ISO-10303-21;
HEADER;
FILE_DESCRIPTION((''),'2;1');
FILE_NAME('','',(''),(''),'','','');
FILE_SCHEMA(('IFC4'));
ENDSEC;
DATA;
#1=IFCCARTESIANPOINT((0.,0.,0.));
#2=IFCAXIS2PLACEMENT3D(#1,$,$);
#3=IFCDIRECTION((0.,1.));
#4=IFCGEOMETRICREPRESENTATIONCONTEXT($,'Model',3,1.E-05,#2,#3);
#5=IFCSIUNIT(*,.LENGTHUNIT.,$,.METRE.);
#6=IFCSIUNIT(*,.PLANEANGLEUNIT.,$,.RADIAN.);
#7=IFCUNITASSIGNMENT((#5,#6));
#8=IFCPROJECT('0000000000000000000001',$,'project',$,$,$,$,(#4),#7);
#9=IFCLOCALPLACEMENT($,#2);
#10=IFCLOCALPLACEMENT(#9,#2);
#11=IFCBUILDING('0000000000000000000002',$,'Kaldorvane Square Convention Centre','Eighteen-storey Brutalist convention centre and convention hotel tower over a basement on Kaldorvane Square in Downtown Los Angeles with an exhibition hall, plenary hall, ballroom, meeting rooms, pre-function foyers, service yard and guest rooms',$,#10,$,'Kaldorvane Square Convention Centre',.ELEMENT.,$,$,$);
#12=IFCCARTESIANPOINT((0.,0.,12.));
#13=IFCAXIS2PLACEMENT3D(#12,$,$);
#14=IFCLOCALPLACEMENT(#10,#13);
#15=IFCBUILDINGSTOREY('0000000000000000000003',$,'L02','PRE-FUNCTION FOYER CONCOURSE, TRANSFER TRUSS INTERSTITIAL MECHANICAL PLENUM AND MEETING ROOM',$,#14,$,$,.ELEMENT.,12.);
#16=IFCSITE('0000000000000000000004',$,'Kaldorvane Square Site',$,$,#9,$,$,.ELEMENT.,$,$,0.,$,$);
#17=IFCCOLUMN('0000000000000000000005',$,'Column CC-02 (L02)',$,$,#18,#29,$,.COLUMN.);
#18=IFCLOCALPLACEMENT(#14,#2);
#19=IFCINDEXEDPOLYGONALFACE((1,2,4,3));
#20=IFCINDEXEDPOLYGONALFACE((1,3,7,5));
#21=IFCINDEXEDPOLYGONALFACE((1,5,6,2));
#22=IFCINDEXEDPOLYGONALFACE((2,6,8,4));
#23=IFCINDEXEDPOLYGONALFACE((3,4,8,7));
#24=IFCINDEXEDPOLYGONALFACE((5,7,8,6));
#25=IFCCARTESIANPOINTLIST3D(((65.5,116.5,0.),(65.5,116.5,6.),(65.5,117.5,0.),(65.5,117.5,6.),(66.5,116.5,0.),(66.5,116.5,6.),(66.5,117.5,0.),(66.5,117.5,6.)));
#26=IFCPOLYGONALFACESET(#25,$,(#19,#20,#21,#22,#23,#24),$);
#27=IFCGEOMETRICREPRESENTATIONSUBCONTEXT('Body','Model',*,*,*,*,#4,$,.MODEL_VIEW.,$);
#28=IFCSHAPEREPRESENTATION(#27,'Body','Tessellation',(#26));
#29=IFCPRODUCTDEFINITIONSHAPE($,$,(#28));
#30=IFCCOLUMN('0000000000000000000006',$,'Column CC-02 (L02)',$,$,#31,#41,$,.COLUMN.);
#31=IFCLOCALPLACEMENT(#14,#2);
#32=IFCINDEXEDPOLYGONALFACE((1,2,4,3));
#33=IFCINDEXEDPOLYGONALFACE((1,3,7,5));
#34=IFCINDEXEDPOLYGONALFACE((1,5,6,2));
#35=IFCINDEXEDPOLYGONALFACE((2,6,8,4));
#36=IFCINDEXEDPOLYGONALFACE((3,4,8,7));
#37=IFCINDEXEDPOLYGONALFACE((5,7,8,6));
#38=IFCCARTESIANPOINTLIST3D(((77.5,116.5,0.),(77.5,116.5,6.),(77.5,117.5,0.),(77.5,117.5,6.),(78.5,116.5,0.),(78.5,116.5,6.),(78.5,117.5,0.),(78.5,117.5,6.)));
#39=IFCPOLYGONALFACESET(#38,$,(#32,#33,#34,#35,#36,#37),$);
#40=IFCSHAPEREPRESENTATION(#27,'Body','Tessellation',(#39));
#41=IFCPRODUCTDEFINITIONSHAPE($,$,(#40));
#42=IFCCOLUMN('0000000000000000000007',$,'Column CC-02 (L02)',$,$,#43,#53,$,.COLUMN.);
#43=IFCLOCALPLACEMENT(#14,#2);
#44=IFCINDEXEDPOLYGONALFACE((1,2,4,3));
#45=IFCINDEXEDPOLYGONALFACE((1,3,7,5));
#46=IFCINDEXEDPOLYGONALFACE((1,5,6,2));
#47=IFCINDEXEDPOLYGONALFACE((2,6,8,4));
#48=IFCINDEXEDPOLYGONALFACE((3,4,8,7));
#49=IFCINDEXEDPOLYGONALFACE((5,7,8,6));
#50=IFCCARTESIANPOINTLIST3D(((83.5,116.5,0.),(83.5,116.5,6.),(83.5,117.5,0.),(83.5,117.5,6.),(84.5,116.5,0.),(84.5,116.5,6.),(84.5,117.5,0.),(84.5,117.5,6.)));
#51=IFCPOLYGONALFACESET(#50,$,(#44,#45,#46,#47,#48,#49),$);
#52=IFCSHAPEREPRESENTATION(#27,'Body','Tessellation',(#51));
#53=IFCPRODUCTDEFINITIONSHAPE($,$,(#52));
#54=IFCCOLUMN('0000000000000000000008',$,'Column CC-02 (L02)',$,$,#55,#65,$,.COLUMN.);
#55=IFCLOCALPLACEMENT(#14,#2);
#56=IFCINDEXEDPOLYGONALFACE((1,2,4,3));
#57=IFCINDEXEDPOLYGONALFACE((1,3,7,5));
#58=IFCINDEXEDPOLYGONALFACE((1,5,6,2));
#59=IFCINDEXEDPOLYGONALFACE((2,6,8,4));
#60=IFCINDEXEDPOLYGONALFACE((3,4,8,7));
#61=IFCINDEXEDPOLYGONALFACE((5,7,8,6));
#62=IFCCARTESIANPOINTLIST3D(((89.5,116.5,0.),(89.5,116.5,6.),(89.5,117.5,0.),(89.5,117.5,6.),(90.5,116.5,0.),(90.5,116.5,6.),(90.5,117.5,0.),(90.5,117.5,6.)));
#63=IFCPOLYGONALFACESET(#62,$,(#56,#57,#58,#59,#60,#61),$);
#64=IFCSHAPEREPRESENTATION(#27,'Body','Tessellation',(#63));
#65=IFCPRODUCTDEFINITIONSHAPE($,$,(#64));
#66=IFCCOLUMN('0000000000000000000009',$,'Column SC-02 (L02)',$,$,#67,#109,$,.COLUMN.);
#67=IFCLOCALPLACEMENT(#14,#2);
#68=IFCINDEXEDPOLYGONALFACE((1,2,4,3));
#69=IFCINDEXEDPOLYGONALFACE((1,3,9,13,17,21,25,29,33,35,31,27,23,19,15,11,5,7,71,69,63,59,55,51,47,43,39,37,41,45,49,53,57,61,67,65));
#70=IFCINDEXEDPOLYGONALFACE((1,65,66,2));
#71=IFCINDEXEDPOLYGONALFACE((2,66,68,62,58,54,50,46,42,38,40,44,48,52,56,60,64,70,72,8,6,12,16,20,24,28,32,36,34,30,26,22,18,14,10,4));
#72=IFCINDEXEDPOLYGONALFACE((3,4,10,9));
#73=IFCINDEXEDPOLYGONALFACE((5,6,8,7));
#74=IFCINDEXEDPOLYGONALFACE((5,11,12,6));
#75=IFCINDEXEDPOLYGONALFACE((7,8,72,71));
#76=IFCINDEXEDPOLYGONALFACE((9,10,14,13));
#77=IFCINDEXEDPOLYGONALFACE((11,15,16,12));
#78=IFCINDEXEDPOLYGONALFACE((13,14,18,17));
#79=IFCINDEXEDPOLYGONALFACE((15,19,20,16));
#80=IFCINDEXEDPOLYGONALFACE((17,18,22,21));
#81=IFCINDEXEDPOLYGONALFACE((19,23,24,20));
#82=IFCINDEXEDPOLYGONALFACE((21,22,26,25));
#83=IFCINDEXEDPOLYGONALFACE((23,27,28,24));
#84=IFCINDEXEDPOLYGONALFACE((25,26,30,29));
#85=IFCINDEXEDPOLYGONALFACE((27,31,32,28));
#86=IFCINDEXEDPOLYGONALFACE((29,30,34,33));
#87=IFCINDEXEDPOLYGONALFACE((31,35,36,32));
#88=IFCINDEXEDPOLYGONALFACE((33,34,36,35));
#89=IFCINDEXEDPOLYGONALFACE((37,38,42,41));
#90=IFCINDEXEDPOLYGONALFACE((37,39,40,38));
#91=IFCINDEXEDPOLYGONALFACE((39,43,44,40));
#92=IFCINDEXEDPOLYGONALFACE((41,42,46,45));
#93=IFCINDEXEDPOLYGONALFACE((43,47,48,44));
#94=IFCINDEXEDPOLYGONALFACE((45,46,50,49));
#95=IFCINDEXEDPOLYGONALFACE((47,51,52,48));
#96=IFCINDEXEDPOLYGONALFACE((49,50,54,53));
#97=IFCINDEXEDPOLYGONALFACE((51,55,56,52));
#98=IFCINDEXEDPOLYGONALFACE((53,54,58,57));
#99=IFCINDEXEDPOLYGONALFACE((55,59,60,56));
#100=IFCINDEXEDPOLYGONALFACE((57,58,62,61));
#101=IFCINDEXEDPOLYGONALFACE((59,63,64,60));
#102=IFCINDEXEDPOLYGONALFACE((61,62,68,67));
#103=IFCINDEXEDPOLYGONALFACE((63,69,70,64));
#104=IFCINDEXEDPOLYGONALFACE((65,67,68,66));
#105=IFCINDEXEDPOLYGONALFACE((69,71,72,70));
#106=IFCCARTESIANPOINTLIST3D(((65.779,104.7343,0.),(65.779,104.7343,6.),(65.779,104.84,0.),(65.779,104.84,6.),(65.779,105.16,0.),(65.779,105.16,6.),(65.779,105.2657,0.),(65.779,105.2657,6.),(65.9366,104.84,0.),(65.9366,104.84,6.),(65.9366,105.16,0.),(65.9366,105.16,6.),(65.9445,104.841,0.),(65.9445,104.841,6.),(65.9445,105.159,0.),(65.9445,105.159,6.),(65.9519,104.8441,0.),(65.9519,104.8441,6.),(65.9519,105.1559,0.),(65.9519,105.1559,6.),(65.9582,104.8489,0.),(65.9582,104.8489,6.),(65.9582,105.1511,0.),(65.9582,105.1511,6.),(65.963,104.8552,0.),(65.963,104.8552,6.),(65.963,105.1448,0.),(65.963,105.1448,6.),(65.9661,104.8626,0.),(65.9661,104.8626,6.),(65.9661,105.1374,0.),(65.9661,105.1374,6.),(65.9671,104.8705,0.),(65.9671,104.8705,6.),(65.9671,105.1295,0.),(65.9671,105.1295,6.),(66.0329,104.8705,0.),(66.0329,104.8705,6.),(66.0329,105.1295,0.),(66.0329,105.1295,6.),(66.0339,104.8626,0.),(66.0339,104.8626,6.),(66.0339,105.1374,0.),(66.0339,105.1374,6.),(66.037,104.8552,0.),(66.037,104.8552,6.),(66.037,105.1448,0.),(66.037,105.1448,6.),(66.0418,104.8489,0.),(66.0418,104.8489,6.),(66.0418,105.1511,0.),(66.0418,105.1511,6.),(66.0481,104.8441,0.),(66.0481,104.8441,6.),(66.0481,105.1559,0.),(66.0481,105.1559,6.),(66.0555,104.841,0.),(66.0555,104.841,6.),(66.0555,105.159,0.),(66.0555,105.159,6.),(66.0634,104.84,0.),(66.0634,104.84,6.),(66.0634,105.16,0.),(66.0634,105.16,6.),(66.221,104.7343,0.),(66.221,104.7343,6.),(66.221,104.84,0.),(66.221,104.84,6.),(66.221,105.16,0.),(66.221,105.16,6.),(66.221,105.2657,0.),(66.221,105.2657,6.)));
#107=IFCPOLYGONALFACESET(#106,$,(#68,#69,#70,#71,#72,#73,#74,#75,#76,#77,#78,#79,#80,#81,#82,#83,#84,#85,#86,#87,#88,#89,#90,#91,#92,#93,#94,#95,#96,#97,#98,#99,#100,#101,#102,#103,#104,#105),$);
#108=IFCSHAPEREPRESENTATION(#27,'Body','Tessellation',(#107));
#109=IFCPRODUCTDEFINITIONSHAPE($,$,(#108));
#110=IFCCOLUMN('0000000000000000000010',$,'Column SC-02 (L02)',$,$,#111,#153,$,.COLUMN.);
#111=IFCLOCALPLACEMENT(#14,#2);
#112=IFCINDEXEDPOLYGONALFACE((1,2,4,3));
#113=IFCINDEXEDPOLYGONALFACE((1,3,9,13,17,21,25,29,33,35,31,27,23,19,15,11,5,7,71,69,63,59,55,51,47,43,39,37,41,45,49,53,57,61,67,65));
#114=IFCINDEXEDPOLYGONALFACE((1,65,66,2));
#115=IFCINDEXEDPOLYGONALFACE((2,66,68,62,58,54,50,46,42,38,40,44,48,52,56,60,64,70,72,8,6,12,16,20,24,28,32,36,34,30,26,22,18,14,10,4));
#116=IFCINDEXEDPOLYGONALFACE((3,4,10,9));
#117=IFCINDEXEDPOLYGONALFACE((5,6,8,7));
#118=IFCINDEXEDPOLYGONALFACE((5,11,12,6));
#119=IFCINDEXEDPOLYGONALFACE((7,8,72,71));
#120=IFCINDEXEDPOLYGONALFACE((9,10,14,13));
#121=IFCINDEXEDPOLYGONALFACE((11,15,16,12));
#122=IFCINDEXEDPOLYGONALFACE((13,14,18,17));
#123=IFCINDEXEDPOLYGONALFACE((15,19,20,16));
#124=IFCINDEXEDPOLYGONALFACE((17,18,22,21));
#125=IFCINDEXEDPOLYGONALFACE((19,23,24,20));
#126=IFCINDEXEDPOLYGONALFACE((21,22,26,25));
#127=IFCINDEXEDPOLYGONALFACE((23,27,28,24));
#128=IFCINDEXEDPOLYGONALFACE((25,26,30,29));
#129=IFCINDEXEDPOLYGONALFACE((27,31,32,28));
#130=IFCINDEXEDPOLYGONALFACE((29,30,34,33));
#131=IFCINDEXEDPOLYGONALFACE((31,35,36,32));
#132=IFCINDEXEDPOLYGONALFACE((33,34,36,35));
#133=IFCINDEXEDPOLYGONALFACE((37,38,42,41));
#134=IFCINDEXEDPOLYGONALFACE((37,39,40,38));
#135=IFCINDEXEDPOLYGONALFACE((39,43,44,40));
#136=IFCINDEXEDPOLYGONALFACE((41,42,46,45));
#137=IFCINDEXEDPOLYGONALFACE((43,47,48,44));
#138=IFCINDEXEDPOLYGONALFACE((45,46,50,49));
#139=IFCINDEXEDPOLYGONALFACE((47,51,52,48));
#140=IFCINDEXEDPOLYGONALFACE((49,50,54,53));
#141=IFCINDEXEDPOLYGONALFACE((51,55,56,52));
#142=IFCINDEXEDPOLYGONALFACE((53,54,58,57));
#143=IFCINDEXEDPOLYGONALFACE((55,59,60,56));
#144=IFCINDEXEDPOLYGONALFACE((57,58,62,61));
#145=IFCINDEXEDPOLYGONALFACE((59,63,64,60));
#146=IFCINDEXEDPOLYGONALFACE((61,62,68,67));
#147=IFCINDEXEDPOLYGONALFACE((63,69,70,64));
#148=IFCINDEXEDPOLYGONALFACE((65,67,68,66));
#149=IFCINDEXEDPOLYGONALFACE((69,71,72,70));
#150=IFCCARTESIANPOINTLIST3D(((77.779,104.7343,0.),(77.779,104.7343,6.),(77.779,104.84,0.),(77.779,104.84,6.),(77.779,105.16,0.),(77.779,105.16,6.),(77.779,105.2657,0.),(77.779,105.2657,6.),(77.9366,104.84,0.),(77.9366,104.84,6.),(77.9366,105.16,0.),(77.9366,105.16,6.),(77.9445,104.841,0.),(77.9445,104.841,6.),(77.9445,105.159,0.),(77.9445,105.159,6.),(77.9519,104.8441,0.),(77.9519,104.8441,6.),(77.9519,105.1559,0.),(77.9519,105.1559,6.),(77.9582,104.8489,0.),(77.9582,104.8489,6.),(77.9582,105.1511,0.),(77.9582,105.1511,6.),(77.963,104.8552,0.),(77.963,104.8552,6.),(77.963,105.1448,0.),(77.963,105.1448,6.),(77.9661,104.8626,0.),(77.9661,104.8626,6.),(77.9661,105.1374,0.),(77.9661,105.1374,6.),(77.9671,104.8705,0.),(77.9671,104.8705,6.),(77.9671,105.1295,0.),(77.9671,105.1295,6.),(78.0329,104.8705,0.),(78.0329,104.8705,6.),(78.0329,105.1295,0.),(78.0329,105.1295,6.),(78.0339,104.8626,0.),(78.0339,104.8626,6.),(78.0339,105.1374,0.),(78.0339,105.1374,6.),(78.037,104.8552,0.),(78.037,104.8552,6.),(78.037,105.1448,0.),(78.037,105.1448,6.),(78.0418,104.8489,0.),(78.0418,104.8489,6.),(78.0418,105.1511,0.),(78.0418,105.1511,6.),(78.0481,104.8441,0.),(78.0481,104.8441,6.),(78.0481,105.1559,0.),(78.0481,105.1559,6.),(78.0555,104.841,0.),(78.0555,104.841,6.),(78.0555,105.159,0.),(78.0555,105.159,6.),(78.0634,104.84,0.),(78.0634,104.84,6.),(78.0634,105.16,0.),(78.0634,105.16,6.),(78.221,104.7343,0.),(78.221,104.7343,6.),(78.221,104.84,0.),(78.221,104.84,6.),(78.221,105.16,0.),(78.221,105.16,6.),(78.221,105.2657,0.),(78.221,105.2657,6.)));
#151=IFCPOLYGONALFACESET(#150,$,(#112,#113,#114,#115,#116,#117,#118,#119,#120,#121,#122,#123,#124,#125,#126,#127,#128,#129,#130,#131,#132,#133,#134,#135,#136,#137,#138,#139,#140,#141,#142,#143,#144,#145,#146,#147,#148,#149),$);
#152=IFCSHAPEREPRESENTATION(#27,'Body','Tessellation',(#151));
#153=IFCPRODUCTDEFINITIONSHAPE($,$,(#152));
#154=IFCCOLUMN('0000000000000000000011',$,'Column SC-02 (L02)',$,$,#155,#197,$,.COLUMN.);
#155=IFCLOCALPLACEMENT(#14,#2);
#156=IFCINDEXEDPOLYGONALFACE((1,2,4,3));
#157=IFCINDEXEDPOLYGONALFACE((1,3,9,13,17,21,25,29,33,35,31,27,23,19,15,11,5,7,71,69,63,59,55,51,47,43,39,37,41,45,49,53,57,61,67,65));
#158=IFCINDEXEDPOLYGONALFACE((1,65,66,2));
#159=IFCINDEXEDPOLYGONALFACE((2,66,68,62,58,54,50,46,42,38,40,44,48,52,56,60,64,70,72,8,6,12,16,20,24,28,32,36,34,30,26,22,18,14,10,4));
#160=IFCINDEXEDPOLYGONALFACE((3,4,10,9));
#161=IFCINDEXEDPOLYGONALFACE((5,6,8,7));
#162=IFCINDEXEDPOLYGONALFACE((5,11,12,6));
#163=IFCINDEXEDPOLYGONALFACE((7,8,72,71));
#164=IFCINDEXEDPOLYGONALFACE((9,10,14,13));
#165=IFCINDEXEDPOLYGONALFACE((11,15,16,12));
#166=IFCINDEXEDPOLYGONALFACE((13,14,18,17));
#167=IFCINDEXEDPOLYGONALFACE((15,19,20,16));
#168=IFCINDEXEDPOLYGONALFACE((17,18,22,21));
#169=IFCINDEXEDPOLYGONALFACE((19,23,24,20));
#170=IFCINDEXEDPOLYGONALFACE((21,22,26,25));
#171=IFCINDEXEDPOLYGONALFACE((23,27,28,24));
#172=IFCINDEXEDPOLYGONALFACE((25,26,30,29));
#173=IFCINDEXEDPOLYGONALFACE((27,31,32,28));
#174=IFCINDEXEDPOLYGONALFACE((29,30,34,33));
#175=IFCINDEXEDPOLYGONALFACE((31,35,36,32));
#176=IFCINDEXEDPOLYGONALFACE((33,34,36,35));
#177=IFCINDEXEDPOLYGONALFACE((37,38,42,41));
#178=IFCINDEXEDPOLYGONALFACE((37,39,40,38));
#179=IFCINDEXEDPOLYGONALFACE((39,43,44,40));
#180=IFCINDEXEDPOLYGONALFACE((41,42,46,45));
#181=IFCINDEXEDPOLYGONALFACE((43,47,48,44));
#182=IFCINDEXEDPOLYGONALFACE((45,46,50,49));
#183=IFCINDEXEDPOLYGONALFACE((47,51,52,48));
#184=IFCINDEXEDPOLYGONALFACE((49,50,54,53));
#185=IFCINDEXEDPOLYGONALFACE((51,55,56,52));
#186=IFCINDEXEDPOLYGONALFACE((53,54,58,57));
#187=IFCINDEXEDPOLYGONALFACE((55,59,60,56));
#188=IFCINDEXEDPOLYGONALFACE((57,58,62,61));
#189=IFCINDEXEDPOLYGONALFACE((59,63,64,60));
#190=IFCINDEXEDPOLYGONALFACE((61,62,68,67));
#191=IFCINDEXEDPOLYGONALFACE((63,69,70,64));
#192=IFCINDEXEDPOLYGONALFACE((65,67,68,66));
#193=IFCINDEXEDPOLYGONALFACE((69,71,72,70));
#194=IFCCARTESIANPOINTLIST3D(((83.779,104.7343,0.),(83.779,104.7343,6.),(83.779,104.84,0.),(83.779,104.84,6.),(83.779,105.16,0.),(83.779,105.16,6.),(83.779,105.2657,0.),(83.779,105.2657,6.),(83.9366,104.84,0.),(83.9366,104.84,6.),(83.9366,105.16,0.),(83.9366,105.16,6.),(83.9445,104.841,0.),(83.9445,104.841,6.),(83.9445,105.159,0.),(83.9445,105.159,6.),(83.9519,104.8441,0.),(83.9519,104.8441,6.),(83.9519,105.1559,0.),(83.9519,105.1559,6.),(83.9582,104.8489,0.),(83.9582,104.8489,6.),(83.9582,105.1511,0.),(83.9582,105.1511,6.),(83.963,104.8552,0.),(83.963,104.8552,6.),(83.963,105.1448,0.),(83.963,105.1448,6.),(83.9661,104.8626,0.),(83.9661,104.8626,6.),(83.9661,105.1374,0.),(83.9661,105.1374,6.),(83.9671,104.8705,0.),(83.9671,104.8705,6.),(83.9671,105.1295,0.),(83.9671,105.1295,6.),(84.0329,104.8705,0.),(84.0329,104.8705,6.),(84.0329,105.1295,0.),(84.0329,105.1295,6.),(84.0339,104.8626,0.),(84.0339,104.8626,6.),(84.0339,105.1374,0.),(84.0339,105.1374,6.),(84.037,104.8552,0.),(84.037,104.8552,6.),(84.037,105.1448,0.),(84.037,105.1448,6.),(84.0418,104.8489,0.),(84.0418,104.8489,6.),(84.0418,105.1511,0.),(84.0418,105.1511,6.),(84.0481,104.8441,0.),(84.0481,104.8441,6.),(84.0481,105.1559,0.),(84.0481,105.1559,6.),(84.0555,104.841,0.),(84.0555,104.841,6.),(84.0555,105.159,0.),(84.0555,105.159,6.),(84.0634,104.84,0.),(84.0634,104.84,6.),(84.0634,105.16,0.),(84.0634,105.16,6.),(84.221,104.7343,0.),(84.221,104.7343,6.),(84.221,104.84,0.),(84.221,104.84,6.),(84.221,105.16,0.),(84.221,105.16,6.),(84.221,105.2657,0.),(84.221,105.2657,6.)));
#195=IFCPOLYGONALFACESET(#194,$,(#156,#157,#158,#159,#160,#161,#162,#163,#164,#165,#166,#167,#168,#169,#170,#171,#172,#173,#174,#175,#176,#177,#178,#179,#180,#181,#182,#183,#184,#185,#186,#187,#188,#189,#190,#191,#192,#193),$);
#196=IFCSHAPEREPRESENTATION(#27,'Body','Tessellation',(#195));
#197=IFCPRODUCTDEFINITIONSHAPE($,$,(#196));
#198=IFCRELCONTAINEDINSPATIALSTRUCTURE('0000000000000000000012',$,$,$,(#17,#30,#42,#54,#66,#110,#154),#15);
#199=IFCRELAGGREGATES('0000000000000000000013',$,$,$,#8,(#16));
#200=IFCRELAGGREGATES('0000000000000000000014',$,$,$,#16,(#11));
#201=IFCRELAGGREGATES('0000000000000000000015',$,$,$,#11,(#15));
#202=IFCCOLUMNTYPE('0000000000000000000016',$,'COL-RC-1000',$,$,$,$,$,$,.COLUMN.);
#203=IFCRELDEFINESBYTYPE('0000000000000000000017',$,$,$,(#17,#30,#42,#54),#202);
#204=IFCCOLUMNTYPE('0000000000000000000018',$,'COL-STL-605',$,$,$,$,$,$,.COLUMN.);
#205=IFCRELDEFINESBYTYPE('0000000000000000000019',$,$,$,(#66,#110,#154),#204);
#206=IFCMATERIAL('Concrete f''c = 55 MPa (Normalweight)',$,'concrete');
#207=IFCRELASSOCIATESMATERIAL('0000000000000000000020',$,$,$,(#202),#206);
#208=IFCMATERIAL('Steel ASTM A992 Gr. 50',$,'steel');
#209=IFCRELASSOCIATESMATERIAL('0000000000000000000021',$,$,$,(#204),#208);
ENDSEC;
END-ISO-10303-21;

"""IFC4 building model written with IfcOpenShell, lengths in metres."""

from ifc_helpers import new_model, si_unit, direction, frame, origin, origin_2d, place, context, subcontext, project, spatial, rectangle, i_section, extrude, material, material_profile, profile_set, type_object, element, save


model = new_model("IFC4")

# Units and contexts
model_context = context("Model", 3, precision=1e-05, world=origin(), true_north=direction((0.0, 1.0)))
body_context = subcontext(model_context, "Body", "Model", "MODEL_VIEW")
ifc_project = project(units=[si_unit("LENGTHUNIT", "METRE"), si_unit("PLANEANGLEUNIT", "RADIAN")], contexts=[model_context])

# Site, building, storey
site_placement = place(None, origin())
site = spatial("IfcSite", under=ifc_project, at=site_placement, Name="Kaldorvane Square Site", CompositionType="ELEMENT", RefElevation=0.0)
building_placement = place(site_placement, origin())
building = spatial("IfcBuilding", under=site, at=building_placement, Name="Kaldorvane Square Convention Centre", Description="Eighteen-storey Brutalist convention centre and convention hotel tower over a basement on Kaldorvane Square in Downtown Los Angeles with an exhibition hall, plenary hall, ballroom, meeting rooms, pre-function foyers, service yard and guest rooms", LongName="Kaldorvane Square Convention Centre", CompositionType="ELEMENT")
storey_placement = place(building_placement, frame((0.0, 0.0, 12.0)))
storey = spatial("IfcBuildingStorey", under=building, at=storey_placement, Name="L02", Description="PRE-FUNCTION FOYER CONCOURSE, TRANSFER TRUSS INTERSTITIAL MECHANICAL PLENUM AND MEETING ROOM", CompositionType="ELEMENT", Elevation=12.0)

# Columns
ifc_material_1 = material(Name="Concrete f'c = 55 MPa (Normalweight)", Category="concrete")
ifc_material_profile_1 = material_profile(ifc_material_1, rectangle(XDim=1.0, YDim=1.0, at=origin_2d()), Name="RC1000X1000")
ifc_profile_set_1 = profile_set([ifc_material_profile_1], Name="Concrete f'c = 55 MPa (Normalweight)")
column_type_1 = type_object("IfcColumnType", Name="COL-RC-1000", PredefinedType="COLUMN", material=ifc_profile_set_1)
for number, where, z_axis, x_axis, name in (
    (1, (66.0, 117.0, 0.0), (0.0, 0.0, 1.0), (1.0, 0.0, 0.0), "Column CC-02 (L02)"),
    (2, (78.0, 117.0, 0.0), (0.0, 0.0, 1.0), (1.0, 0.0, 0.0), "Column CC-02 (L02)"),
    (3, (84.0, 117.0, 0.0), (0.0, 0.0, 1.0), (1.0, 0.0, 0.0), "Column CC-02 (L02)"),
    (4, (90.0, 117.0, 0.0), (0.0, 0.0, 1.0), (1.0, 0.0, 0.0), "Column CC-02 (L02)"),
):
    element("IfcColumn", number, at=place(storey_placement, frame(where, z_axis=z_axis, x_axis=x_axis)), inside=storey, type_object=column_type_1, Name=name, PredefinedType="COLUMN", context=body_context, shape_type="SweptSolid", body=[
        extrude(rectangle(XDim=1.0, YDim=1.0, at=origin_2d()), origin(), (0.0, 0.0, 1.0), 6.0),
    ])
ifc_material_2 = material(Name="Steel ASTM A992 Gr. 50", Category="steel")
ifc_material_profile_2 = material_profile(ifc_material_2, i_section(OverallWidth=0.442, OverallDepth=0.5314, WebThickness=0.0658, FlangeThickness=0.1057, FilletRadius=0.0305, at=origin_2d()), Name="W14X605")
ifc_profile_set_2 = profile_set([ifc_material_profile_2], Name="Steel ASTM A992 Gr. 50")
column_type_2 = type_object("IfcColumnType", Name="COL-STL-605", PredefinedType="COLUMN", material=ifc_profile_set_2)
for number, where, z_axis, x_axis, name in (
    (5, (66.0, 105.0, 0.0), (0.0, 0.0, 1.0), (1.0, 0.0, 0.0), "Column SC-02 (L02)"),
    (6, (78.0, 105.0, 0.0), (0.0, 0.0, 1.0), (1.0, 0.0, 0.0), "Column SC-02 (L02)"),
    (7, (84.0, 105.0, 0.0), (0.0, 0.0, 1.0), (1.0, 0.0, 0.0), "Column SC-02 (L02)"),
):
    element("IfcColumn", number, at=place(storey_placement, frame(where, z_axis=z_axis, x_axis=x_axis)), inside=storey, type_object=column_type_2, Name=name, PredefinedType="COLUMN", context=body_context, shape_type="SweptSolid", body=[
        extrude(i_section(OverallWidth=0.442, OverallDepth=0.5314, WebThickness=0.0658, FlangeThickness=0.1057, FilletRadius=0.0305, at=origin_2d()), origin(), (0.0, 0.0, 1.0), 6.0),
    ])

save(model, "model.ifc")
